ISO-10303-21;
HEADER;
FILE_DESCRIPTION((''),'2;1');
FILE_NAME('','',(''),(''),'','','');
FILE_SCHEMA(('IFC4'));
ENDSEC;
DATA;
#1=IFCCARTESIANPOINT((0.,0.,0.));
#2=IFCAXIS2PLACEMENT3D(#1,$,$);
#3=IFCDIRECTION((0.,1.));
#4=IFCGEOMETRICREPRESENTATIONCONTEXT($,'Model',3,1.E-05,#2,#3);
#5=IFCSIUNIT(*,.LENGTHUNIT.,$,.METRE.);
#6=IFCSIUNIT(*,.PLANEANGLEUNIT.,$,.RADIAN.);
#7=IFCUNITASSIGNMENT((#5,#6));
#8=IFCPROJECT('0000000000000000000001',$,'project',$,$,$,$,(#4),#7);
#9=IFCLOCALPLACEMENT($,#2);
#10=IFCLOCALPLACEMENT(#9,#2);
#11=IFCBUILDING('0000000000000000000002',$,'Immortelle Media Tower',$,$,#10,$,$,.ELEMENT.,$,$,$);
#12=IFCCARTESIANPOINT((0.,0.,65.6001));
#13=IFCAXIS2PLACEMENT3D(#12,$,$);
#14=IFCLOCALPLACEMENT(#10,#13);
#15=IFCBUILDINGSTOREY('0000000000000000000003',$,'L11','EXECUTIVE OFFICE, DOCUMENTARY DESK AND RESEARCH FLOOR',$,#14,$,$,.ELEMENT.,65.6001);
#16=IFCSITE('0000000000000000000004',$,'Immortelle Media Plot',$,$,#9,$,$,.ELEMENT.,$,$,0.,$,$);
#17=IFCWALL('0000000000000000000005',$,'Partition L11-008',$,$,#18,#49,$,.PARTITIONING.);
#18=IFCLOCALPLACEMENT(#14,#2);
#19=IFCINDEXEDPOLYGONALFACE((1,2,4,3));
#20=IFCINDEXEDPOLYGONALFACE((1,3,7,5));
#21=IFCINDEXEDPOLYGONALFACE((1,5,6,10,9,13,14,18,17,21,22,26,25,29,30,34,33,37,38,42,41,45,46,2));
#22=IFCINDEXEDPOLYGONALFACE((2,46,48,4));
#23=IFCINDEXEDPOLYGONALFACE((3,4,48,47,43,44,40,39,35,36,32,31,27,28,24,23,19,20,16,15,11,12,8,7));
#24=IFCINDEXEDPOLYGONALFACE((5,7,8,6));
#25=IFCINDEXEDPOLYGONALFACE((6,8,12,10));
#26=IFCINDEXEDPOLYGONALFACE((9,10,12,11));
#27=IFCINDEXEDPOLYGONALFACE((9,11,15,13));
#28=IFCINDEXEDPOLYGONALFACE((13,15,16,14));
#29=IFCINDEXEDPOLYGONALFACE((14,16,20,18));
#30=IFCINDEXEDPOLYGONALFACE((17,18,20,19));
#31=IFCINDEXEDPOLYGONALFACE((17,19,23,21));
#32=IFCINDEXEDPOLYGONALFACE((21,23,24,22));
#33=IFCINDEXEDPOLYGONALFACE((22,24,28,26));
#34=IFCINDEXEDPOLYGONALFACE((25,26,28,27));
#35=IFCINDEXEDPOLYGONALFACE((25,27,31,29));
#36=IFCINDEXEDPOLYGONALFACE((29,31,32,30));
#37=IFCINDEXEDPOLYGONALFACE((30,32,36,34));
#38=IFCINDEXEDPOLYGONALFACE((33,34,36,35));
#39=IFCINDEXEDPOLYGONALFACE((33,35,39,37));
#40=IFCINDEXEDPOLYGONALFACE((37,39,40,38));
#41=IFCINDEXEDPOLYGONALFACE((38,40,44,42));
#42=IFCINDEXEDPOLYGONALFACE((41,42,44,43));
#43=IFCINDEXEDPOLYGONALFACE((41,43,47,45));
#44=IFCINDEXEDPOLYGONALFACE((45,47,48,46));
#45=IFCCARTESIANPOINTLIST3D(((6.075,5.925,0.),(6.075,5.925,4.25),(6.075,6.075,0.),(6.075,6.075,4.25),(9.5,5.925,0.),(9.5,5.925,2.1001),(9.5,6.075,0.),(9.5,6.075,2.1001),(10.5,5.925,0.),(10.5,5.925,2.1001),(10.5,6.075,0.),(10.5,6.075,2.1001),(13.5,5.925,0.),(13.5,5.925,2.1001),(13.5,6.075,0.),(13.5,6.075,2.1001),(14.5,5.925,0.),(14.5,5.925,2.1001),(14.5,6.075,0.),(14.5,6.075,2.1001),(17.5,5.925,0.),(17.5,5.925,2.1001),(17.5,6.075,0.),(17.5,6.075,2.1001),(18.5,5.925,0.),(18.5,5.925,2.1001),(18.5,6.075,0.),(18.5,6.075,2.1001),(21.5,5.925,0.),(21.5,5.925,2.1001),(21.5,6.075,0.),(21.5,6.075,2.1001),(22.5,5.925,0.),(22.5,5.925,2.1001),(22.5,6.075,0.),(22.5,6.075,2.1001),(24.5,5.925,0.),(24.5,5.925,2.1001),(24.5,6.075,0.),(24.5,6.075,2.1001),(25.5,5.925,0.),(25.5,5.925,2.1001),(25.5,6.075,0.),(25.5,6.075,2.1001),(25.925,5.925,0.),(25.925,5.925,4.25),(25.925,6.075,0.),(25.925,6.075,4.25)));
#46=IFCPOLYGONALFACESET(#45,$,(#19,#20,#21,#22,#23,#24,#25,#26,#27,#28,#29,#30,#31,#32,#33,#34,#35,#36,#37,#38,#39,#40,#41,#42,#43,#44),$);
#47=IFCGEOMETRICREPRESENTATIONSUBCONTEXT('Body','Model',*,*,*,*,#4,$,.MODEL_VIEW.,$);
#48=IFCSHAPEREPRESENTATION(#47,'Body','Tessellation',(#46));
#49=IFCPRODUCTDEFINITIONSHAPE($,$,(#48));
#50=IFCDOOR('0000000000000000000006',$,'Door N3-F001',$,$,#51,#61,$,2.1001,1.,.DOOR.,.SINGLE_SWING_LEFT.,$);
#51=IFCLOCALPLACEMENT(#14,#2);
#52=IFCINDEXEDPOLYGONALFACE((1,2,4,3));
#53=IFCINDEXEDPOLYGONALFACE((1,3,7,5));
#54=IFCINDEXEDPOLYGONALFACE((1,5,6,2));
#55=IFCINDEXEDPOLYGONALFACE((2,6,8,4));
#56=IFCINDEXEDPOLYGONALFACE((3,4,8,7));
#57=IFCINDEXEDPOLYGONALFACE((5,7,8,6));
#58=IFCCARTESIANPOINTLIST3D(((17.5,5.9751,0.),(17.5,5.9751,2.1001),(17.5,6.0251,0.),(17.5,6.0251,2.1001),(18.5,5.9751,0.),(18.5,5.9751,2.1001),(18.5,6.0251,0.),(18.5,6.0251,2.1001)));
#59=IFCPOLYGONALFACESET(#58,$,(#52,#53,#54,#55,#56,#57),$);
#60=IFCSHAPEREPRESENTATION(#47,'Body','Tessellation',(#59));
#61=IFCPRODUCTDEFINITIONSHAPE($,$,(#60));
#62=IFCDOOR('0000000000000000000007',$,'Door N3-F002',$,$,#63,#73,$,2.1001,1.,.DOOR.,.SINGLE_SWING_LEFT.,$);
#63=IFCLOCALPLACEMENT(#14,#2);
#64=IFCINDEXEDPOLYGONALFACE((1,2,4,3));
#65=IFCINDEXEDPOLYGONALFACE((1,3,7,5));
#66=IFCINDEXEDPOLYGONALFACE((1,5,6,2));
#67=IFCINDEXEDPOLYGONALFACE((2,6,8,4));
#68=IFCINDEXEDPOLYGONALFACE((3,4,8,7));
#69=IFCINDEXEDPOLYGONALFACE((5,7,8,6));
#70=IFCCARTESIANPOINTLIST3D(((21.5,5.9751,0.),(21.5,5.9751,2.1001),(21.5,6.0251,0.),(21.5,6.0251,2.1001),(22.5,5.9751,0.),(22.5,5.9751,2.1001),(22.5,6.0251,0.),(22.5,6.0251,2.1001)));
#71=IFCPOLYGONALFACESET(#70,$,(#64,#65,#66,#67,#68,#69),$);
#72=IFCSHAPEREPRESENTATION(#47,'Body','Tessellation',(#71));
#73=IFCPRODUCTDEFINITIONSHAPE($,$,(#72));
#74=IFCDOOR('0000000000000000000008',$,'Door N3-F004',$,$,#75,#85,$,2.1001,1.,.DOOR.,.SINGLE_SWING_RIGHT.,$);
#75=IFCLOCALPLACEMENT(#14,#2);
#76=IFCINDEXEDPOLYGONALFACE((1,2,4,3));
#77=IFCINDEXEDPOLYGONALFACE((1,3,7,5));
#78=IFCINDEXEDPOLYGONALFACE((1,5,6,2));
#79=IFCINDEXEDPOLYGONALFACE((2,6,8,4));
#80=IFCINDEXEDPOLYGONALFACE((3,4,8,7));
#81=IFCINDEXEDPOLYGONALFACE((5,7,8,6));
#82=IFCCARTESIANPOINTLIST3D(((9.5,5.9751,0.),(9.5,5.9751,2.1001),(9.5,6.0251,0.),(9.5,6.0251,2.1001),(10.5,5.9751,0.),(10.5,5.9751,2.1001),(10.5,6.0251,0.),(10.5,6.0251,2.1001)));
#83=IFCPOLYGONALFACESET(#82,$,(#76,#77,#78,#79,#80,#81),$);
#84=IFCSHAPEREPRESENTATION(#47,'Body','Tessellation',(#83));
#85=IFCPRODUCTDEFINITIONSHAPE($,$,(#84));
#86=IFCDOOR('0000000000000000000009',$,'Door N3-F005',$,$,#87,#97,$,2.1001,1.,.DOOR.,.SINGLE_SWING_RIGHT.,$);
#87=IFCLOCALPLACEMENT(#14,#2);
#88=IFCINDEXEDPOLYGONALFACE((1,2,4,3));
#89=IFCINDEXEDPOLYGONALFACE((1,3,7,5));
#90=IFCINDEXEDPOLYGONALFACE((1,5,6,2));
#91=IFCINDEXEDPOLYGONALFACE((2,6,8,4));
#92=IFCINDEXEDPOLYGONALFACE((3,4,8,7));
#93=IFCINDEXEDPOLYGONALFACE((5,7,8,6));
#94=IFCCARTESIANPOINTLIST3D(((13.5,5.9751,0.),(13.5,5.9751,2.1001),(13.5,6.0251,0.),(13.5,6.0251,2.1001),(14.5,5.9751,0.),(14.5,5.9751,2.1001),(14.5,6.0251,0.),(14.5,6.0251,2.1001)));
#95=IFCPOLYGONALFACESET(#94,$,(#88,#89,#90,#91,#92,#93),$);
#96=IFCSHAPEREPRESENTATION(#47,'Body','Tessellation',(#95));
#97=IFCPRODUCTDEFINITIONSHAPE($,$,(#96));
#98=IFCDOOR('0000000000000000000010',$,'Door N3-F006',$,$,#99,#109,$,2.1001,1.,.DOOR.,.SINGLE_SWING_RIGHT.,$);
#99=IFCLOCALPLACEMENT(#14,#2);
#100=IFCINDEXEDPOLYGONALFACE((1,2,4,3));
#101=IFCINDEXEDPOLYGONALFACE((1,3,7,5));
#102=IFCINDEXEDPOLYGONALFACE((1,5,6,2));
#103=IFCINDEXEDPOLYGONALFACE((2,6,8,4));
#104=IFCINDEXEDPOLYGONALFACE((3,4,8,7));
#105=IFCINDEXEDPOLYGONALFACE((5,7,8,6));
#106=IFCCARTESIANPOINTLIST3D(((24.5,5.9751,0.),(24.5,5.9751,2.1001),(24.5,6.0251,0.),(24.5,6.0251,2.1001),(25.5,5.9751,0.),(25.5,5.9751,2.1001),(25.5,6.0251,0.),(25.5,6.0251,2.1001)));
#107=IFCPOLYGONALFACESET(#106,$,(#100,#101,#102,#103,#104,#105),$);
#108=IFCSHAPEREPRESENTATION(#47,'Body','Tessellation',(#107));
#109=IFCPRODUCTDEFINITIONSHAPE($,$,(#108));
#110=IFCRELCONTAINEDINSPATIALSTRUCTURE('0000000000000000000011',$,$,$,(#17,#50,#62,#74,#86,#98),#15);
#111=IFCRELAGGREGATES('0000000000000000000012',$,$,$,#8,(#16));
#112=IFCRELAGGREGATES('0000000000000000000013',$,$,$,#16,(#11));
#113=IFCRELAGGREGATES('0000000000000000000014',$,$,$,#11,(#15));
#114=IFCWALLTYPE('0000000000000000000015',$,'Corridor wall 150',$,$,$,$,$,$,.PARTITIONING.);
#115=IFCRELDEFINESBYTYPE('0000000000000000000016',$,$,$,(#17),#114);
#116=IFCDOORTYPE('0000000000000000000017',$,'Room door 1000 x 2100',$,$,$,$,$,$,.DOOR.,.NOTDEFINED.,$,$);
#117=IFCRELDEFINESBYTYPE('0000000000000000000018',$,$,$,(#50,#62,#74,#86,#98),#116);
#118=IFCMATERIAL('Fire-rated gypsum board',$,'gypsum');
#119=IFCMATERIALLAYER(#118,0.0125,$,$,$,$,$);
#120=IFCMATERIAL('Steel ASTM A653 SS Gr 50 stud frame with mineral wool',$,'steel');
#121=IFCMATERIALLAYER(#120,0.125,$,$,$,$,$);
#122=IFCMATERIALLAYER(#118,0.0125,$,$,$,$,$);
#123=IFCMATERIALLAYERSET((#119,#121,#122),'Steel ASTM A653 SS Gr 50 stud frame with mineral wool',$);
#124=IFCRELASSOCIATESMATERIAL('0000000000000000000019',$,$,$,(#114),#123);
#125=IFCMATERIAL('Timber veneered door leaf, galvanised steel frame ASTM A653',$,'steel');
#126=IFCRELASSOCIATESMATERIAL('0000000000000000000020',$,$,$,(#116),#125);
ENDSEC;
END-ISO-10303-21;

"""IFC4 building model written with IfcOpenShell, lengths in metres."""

from ifc_helpers import new_model, si_unit, direction, frame, frame_2d, origin, place, context, subcontext, project, spatial, rectangle, extrude, material, layer, layer_set, type_object, element, fill, save


model = new_model("IFC4")

# Units and contexts
model_context = context("Model", 3, precision=1e-05, world=origin(), true_north=direction((0.0, 1.0)))
body_context = subcontext(model_context, "Body", "Model", "MODEL_VIEW")
ifc_project = project(units=[si_unit("LENGTHUNIT", "METRE"), si_unit("PLANEANGLEUNIT", "RADIAN")], contexts=[model_context])

# Site, building, storey
site_placement = place(None, origin())
site = spatial("IfcSite", under=ifc_project, at=site_placement, Name="Immortelle Media Plot", CompositionType="ELEMENT", RefElevation=0.0)
building_placement = place(site_placement, origin())
building = spatial("IfcBuilding", under=site, at=building_placement, Name="Immortelle Media Tower", CompositionType="ELEMENT")
storey_placement = place(building_placement, frame((0.0, 0.0, 65.6001)))
storey = spatial("IfcBuildingStorey", under=building, at=storey_placement, Name="L11", Description="EXECUTIVE OFFICE, DOCUMENTARY DESK AND RESEARCH FLOOR", CompositionType="ELEMENT", Elevation=65.6001)

# Wall, openings, doors
ifc_material_1 = material(Name="Fire-rated gypsum board", Category="gypsum")
ifc_layer_1 = layer(ifc_material_1, 0.0125)
ifc_material_2 = material(Name="Steel ASTM A653 SS Gr 50 stud frame with mineral wool", Category="steel")
ifc_layer_2 = layer(ifc_material_2, 0.125)
ifc_layer_3 = layer(ifc_material_1, 0.0125)
ifc_layer_set_1 = layer_set([ifc_layer_1, ifc_layer_2, ifc_layer_3], Name="Steel ASTM A653 SS Gr 50 stud frame with mineral wool")
wall_type_1 = type_object("IfcWallType", Name="Corridor wall 150", PredefinedType="PARTITIONING", material=ifc_layer_set_1)
wall_1_placement = place(storey_placement, frame((6.075, 6.0, 0.0), z_axis=(0.0, 0.0, 1.0), x_axis=(1.0, 0.0, 0.0)))
wall_1 = element("IfcWall", 1, at=wall_1_placement, inside=storey, type_object=wall_type_1, Name="Partition L11-008", PredefinedType="PARTITIONING", context=body_context, shape_type="SweptSolid", body=[
    extrude(rectangle(XDim=19.8501, YDim=0.1499, at=frame_2d((9.925, 0.0))), origin(), (0.0, 0.0, 1.0), 4.25),
])
opening_1_placement = place(wall_1_placement, frame((12.425, 0.0, 0.0), z_axis=(0.0, 0.0, 1.0), x_axis=(-1.0, 0.0, 0.0)))
opening_1 = element("IfcOpeningElement", 2, at=opening_1_placement, cuts=wall_1, PredefinedType="OPENING", context=body_context, shape_type="SweptSolid", body=[
    extrude(rectangle(XDim=1.0, YDim=2.1001, at=frame_2d((0.5, 1.05))), frame((0.0, 0.085, 0.0), z_axis=(0.0, -1.0, 0.0), x_axis=(1.0, 0.0, 0.0)), (0.0, 0.0, 1.0), 0.1699),
])
opening_2_placement = place(wall_1_placement, frame((16.425, 0.0, 0.0), z_axis=(0.0, 0.0, 1.0), x_axis=(-1.0, 0.0, 0.0)))
opening_2 = element("IfcOpeningElement", 3, at=opening_2_placement, cuts=wall_1, PredefinedType="OPENING", context=body_context, shape_type="SweptSolid", body=[
    extrude(rectangle(XDim=1.0, YDim=2.1001, at=frame_2d((0.5, 1.05))), frame((0.0, 0.085, 0.0), z_axis=(0.0, -1.0, 0.0), x_axis=(1.0, 0.0, 0.0)), (0.0, 0.0, 1.0), 0.1699),
])
opening_3_placement = place(wall_1_placement, frame((4.425, 0.0, 0.0), z_axis=(0.0, 0.0, 1.0), x_axis=(-1.0, 0.0, 0.0)))
opening_3 = element("IfcOpeningElement", 4, at=opening_3_placement, cuts=wall_1, PredefinedType="OPENING", context=body_context, shape_type="SweptSolid", body=[
    extrude(rectangle(XDim=1.0, YDim=2.1001, at=frame_2d((0.5, 1.05))), frame((0.0, 0.085, 0.0), z_axis=(0.0, -1.0, 0.0), x_axis=(1.0, 0.0, 0.0)), (0.0, 0.0, 1.0), 0.1699),
])
opening_4_placement = place(wall_1_placement, frame((8.425, 0.0, 0.0), z_axis=(0.0, 0.0, 1.0), x_axis=(-1.0, 0.0, 0.0)))
opening_4 = element("IfcOpeningElement", 5, at=opening_4_placement, cuts=wall_1, PredefinedType="OPENING", context=body_context, shape_type="SweptSolid", body=[
    extrude(rectangle(XDim=1.0, YDim=2.1001, at=frame_2d((0.5, 1.05))), frame((0.0, 0.085, 0.0), z_axis=(0.0, -1.0, 0.0), x_axis=(1.0, 0.0, 0.0)), (0.0, 0.0, 1.0), 0.1699),
])
opening_5_placement = place(wall_1_placement, frame((19.425, 0.0, 0.0), z_axis=(0.0, 0.0, 1.0), x_axis=(-1.0, 0.0, 0.0)))
opening_5 = element("IfcOpeningElement", 6, at=opening_5_placement, cuts=wall_1, PredefinedType="OPENING", context=body_context, shape_type="SweptSolid", body=[
    extrude(rectangle(XDim=1.0, YDim=2.1001, at=frame_2d((0.5, 1.05))), frame((0.0, 0.085, 0.0), z_axis=(0.0, -1.0, 0.0), x_axis=(1.0, 0.0, 0.0)), (0.0, 0.0, 1.0), 0.1699),
])
ifc_material_3 = material(Name="Timber veneered door leaf, galvanised steel frame ASTM A653", Category="steel")
door_type_1 = type_object("IfcDoorType", Name="Room door 1000 x 2100", OperationType="NOTDEFINED", PredefinedType="DOOR", material=ifc_material_3)
door_1_placement = place(opening_1_placement, origin())
door_1 = element("IfcDoor", 7, at=door_1_placement, inside=storey, type_object=door_type_1, Name="Door N3-F001", OperationType="SINGLE_SWING_LEFT", OverallHeight=2.1001, OverallWidth=1.0, PredefinedType="DOOR", context=body_context, shape_type="SweptSolid", body=[
    extrude(rectangle(XDim=1.0, YDim=2.1001, at=frame_2d((0.5, 1.05))), frame((0.0, 0.0249, 0.0), z_axis=(0.0, -1.0, 0.0), x_axis=(1.0, 0.0, 0.0)), (0.0, 0.0, 1.0), 0.05),
])
fill(opening_1, door_1)
door_2_placement = place(opening_2_placement, origin())
door_2 = element("IfcDoor", 8, at=door_2_placement, inside=storey, type_object=door_type_1, Name="Door N3-F002", OperationType="SINGLE_SWING_LEFT", OverallHeight=2.1001, OverallWidth=1.0, PredefinedType="DOOR", context=body_context, shape_type="SweptSolid", body=[
    extrude(rectangle(XDim=1.0, YDim=2.1001, at=frame_2d((0.5, 1.05))), frame((0.0, 0.0249, 0.0), z_axis=(0.0, -1.0, 0.0), x_axis=(1.0, 0.0, 0.0)), (0.0, 0.0, 1.0), 0.05),
])
fill(opening_2, door_2)
door_3_placement = place(opening_3_placement, origin())
door_3 = element("IfcDoor", 9, at=door_3_placement, inside=storey, type_object=door_type_1, Name="Door N3-F004", OperationType="SINGLE_SWING_RIGHT", OverallHeight=2.1001, OverallWidth=1.0, PredefinedType="DOOR", context=body_context, shape_type="SweptSolid", body=[
    extrude(rectangle(XDim=1.0, YDim=2.1001, at=frame_2d((0.5, 1.05))), frame((0.0, 0.0249, 0.0), z_axis=(0.0, -1.0, 0.0), x_axis=(1.0, 0.0, 0.0)), (0.0, 0.0, 1.0), 0.05),
])
fill(opening_3, door_3)
door_4_placement = place(opening_4_placement, origin())
door_4 = element("IfcDoor", 10, at=door_4_placement, inside=storey, type_object=door_type_1, Name="Door N3-F005", OperationType="SINGLE_SWING_RIGHT", OverallHeight=2.1001, OverallWidth=1.0, PredefinedType="DOOR", context=body_context, shape_type="SweptSolid", body=[
    extrude(rectangle(XDim=1.0, YDim=2.1001, at=frame_2d((0.5, 1.05))), frame((0.0, 0.0249, 0.0), z_axis=(0.0, -1.0, 0.0), x_axis=(1.0, 0.0, 0.0)), (0.0, 0.0, 1.0), 0.05),
])
fill(opening_4, door_4)
door_5_placement = place(opening_5_placement, origin())
door_5 = element("IfcDoor", 11, at=door_5_placement, inside=storey, type_object=door_type_1, Name="Door N3-F006", OperationType="SINGLE_SWING_RIGHT", OverallHeight=2.1001, OverallWidth=1.0, PredefinedType="DOOR", context=body_context, shape_type="SweptSolid", body=[
    extrude(rectangle(XDim=1.0, YDim=2.1001, at=frame_2d((0.5, 1.05))), frame((0.0, 0.0249, 0.0), z_axis=(0.0, -1.0, 0.0), x_axis=(1.0, 0.0, 0.0)), (0.0, 0.0, 1.0), 0.05),
])
fill(opening_5, door_5)

save(model, "model.ifc")
